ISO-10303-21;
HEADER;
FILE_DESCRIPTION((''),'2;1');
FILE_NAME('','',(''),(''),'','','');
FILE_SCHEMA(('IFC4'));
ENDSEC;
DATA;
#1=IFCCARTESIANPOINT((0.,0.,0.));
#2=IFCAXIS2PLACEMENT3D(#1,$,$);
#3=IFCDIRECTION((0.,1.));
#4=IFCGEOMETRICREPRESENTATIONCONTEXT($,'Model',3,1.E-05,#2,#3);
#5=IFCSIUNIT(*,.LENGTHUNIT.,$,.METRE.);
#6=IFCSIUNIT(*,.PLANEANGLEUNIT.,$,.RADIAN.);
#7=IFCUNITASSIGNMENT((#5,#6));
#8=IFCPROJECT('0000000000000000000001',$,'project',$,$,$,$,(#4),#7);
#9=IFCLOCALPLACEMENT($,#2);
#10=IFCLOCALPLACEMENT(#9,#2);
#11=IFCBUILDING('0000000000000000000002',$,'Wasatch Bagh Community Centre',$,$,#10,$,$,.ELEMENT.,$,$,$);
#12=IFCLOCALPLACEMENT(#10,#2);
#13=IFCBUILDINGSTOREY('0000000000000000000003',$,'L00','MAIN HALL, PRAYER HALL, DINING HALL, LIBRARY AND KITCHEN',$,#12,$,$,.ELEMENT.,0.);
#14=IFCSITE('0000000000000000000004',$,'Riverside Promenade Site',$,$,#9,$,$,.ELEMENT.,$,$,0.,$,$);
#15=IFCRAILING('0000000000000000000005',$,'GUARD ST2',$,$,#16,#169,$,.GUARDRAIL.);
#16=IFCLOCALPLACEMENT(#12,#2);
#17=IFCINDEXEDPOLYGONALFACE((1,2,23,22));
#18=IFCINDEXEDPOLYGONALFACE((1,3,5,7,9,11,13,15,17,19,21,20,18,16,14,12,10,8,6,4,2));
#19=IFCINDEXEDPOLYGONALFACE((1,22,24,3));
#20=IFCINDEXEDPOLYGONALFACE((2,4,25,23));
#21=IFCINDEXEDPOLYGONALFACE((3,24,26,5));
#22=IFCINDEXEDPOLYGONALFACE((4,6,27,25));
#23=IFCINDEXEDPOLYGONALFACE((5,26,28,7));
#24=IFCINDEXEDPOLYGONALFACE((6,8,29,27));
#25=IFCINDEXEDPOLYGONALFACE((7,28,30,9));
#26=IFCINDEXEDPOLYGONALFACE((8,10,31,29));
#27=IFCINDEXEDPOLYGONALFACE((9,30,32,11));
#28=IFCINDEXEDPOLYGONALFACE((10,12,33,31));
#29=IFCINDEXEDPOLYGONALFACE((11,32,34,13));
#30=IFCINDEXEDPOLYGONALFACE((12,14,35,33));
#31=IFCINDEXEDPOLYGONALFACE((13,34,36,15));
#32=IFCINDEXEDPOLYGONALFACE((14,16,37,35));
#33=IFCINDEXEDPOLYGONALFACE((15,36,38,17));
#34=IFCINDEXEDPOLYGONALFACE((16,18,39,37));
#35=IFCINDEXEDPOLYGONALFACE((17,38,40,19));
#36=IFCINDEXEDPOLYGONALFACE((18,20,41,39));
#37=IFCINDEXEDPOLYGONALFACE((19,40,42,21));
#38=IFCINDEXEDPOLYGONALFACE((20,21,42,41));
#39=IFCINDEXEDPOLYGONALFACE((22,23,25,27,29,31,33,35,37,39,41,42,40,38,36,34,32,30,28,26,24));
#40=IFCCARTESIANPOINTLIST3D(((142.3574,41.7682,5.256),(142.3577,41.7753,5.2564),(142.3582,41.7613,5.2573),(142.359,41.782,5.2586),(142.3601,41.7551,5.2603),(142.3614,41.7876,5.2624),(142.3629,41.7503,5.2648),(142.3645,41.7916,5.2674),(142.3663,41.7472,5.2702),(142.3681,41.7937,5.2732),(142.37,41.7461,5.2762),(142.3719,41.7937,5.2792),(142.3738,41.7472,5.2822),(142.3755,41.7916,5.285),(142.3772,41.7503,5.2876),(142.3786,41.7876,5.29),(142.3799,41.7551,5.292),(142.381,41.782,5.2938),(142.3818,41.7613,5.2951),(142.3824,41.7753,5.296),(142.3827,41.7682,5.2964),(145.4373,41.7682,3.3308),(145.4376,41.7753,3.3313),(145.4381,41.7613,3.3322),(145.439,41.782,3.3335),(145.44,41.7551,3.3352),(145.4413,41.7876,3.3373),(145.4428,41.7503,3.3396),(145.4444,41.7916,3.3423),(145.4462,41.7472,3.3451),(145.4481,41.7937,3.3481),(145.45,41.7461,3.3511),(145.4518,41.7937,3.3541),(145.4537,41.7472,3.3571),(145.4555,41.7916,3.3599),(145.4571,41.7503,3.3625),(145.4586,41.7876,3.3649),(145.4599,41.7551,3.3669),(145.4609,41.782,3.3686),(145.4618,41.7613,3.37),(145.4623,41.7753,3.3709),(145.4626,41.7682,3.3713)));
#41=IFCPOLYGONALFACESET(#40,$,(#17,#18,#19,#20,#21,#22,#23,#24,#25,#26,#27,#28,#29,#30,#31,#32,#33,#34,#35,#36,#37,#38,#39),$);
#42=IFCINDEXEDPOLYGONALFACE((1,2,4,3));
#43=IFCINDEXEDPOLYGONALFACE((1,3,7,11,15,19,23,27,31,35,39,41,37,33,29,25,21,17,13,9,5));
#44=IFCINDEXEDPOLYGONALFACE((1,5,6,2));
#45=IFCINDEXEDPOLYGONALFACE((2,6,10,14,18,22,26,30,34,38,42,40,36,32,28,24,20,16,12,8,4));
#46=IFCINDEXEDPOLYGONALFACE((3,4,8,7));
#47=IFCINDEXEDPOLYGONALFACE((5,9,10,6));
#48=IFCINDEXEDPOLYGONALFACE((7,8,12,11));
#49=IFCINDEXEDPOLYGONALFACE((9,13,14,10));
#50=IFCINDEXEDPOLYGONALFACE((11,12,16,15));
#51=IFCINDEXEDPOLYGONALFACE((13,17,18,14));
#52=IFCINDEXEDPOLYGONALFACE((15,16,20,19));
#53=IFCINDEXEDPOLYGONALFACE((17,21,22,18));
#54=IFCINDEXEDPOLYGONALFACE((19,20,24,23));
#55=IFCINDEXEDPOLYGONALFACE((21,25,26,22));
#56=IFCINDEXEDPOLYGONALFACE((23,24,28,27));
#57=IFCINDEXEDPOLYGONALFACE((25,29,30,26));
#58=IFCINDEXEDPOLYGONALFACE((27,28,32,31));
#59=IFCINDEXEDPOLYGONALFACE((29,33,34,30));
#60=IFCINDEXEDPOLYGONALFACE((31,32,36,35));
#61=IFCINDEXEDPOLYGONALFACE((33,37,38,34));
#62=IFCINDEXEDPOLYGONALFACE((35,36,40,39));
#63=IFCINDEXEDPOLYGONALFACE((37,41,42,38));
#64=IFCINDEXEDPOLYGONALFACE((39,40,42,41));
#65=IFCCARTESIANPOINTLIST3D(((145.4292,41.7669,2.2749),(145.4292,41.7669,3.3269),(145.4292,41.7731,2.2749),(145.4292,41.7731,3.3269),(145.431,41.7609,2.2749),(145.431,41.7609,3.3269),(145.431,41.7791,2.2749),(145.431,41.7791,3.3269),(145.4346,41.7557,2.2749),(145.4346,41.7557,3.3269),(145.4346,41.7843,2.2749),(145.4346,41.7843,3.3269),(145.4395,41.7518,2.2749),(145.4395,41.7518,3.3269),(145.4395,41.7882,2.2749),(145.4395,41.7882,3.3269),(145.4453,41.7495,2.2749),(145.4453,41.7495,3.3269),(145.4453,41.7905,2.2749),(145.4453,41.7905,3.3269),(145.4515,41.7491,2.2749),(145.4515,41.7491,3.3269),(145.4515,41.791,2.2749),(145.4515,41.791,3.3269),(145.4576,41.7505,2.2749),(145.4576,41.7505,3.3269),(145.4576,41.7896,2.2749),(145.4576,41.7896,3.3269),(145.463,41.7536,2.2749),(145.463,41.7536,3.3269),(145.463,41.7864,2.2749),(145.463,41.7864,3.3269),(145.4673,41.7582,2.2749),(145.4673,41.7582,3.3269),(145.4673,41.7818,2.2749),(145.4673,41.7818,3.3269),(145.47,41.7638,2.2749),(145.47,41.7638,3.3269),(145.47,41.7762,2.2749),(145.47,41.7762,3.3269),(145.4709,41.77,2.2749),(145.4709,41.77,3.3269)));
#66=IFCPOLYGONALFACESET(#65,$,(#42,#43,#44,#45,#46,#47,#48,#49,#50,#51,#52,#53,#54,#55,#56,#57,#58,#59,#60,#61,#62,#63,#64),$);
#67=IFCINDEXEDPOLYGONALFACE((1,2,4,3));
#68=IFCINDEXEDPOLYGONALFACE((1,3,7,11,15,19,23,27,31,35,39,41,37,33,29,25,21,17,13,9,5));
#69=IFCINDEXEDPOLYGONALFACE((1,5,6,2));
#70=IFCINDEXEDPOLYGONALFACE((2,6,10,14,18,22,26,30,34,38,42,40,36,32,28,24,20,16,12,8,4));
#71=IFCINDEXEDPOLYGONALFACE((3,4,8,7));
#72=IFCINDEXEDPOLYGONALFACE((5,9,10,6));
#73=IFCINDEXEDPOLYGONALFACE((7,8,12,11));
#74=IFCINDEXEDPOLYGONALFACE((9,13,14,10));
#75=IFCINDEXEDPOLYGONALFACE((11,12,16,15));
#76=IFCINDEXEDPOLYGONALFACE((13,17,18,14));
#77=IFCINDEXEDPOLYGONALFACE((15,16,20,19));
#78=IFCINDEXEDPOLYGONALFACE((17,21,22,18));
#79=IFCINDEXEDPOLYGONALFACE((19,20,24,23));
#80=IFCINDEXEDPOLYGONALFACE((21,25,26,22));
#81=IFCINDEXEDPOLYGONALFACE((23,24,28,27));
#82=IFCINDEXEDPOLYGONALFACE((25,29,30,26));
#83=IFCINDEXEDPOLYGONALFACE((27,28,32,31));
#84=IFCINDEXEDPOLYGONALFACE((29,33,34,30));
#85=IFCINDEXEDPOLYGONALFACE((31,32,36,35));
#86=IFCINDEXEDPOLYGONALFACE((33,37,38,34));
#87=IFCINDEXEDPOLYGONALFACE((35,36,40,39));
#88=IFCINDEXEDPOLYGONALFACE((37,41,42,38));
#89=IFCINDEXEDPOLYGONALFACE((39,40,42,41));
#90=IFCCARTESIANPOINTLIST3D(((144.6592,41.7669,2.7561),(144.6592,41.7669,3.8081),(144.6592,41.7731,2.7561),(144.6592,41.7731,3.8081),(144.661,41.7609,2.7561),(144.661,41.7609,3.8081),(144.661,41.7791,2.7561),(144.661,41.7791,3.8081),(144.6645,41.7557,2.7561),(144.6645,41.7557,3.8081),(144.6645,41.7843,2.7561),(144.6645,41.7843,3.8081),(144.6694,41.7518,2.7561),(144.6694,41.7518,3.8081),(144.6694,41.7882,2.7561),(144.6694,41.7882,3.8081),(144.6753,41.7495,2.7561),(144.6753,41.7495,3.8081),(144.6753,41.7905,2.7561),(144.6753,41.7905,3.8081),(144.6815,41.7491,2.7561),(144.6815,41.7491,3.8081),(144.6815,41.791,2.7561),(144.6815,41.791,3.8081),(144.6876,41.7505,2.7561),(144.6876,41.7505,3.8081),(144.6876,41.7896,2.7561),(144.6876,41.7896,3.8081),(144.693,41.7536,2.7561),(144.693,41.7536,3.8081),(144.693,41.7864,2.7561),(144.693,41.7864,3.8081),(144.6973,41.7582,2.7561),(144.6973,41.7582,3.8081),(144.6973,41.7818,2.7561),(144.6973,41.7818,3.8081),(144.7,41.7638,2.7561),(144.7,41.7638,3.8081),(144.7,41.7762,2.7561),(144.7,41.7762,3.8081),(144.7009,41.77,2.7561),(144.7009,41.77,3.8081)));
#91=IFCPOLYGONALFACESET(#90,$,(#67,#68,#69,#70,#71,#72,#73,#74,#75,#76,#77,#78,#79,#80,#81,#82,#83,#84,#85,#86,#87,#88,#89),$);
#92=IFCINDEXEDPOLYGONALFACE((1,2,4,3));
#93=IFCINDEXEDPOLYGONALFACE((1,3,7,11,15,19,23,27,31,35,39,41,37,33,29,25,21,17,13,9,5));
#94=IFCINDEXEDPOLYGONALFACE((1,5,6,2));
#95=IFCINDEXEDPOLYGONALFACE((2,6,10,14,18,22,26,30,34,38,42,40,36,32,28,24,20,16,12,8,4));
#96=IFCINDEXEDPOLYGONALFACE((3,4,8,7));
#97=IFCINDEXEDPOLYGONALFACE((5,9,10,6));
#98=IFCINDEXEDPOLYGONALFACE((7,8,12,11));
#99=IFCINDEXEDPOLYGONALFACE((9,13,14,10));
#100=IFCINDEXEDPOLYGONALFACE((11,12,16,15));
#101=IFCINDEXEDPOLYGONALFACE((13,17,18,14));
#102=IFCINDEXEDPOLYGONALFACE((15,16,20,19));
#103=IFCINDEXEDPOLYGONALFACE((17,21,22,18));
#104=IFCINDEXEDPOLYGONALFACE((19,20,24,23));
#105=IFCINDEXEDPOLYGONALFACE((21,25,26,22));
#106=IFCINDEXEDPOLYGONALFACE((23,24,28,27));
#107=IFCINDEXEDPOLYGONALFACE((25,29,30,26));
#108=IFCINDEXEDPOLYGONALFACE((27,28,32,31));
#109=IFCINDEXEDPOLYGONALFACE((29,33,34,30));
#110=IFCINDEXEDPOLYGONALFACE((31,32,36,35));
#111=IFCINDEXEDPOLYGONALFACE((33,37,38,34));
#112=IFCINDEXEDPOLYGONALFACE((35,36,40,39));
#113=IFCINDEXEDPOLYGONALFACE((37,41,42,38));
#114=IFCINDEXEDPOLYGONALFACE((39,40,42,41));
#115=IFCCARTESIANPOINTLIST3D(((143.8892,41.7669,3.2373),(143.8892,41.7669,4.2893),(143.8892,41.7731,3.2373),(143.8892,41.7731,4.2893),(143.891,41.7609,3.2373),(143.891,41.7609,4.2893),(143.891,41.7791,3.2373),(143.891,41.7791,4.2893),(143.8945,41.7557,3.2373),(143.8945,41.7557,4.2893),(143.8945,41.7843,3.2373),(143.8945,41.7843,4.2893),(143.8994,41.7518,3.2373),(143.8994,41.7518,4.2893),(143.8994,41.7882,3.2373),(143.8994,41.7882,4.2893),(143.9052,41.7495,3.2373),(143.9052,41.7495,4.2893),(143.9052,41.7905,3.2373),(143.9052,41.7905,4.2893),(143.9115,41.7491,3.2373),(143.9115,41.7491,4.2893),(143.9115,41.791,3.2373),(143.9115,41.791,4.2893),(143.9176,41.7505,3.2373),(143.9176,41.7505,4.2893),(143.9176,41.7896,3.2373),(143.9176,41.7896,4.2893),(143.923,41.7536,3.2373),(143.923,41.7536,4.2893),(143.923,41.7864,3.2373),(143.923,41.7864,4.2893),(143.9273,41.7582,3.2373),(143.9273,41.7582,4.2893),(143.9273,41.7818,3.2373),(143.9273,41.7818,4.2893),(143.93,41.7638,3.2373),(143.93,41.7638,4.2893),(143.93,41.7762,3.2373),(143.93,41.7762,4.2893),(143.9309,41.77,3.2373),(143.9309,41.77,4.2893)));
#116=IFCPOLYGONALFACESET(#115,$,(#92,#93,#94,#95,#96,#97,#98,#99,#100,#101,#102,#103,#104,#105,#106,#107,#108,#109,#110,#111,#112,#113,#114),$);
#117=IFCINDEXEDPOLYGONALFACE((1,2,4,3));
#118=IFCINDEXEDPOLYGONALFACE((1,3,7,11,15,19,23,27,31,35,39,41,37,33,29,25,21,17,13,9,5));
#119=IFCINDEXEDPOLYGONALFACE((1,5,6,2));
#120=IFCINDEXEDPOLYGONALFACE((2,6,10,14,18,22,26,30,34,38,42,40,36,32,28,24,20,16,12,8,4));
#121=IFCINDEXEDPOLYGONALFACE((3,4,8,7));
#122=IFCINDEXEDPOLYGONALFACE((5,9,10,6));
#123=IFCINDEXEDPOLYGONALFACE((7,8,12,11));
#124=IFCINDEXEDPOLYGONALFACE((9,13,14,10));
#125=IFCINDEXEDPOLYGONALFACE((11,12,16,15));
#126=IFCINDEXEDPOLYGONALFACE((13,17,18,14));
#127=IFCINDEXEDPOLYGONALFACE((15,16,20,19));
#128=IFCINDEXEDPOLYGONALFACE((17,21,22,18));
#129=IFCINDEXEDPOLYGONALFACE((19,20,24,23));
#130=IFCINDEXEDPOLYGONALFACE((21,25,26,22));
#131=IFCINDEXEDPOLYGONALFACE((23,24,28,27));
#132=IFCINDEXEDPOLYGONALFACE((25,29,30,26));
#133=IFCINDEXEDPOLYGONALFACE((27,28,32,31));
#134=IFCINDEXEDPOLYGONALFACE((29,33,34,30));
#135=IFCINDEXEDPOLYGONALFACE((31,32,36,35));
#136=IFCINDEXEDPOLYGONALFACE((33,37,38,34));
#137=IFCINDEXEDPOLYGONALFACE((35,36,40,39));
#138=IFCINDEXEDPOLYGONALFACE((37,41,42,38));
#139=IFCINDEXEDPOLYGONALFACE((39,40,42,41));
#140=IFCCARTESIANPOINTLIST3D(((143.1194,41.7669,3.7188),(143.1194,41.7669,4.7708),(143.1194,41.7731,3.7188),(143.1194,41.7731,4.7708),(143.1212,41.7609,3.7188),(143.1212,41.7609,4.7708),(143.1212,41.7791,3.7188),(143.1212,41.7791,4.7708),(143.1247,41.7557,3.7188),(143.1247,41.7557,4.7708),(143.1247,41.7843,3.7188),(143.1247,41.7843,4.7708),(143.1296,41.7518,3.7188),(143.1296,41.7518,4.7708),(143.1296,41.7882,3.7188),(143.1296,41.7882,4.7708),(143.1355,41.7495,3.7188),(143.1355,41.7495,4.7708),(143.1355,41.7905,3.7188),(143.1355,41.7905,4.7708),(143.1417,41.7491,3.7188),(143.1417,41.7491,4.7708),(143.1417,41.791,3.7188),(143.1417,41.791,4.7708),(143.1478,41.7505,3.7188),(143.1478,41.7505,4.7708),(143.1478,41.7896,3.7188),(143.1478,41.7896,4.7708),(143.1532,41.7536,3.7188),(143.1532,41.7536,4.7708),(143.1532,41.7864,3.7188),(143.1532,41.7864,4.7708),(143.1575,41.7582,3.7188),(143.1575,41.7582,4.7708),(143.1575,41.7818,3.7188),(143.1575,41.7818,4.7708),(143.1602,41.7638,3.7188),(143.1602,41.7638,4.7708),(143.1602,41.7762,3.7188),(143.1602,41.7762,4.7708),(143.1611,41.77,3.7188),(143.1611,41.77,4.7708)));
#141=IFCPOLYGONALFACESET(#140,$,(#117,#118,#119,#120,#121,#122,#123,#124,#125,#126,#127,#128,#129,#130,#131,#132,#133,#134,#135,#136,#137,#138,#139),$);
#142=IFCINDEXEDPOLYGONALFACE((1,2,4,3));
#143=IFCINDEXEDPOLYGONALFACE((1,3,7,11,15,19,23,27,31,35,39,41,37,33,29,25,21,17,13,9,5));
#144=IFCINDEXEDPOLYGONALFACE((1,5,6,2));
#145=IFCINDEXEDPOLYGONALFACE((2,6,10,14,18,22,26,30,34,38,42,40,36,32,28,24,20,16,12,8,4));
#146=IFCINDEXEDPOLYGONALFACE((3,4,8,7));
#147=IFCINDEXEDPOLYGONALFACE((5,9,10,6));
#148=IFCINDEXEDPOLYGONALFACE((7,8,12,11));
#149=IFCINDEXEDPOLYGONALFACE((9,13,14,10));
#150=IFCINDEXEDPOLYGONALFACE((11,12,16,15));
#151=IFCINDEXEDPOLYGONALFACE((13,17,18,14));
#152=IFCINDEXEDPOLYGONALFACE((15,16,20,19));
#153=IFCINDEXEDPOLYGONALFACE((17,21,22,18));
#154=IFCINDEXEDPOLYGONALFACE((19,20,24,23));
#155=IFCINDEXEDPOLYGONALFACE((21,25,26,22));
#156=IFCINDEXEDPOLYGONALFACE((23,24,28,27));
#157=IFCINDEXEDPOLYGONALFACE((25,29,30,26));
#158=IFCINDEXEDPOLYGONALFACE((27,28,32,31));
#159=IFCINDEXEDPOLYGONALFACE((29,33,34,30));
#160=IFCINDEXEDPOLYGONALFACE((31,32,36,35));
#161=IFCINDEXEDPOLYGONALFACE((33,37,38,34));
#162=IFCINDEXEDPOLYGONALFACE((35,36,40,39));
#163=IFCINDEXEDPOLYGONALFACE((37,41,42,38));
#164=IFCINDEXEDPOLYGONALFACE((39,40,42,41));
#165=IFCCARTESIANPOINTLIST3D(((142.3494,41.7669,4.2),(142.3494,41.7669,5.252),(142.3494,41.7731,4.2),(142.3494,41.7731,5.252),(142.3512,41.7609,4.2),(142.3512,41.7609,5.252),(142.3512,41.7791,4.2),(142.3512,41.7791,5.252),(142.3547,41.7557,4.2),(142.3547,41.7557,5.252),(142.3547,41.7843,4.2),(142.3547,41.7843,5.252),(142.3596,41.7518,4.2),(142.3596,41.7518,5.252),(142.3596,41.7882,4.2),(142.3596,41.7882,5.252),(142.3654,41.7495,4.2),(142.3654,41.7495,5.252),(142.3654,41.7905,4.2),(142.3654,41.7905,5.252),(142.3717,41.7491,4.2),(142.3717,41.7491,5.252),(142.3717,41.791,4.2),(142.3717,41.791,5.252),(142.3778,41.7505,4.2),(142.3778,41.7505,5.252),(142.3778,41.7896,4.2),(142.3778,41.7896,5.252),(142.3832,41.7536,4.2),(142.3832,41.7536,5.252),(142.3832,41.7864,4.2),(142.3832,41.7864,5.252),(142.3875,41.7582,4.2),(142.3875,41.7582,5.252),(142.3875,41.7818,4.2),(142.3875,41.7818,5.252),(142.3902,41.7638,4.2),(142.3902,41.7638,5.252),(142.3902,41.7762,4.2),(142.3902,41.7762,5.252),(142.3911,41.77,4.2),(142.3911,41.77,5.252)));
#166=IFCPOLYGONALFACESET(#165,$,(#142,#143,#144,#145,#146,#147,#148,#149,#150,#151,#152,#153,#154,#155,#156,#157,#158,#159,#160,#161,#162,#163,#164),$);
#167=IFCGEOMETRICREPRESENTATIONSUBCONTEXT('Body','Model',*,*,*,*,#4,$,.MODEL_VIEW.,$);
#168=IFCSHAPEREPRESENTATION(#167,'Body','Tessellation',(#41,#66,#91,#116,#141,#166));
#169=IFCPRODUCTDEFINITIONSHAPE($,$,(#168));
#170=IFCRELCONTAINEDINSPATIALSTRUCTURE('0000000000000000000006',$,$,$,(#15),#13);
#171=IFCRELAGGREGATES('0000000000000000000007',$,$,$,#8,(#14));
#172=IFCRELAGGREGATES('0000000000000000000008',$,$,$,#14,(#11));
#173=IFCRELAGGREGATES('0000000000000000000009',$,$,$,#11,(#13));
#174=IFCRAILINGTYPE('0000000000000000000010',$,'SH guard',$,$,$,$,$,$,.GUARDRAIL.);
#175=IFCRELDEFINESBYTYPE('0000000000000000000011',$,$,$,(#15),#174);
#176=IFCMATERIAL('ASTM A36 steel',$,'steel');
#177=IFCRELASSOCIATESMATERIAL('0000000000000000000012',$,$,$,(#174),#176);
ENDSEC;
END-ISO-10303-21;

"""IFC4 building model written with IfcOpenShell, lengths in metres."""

from ifc_helpers import new_model, si_unit, direction, frame, origin, origin_2d, place, context, subcontext, project, spatial, circle, extrude, material, type_object, element, save


model = new_model("IFC4")

# Units and contexts
model_context = context("Model", 3, precision=1e-05, world=origin(), true_north=direction((0.0, 1.0)))
body_context = subcontext(model_context, "Body", "Model", "MODEL_VIEW")
ifc_project = project(units=[si_unit("LENGTHUNIT", "METRE"), si_unit("PLANEANGLEUNIT", "RADIAN")], contexts=[model_context])

# Site, building, storey
site_placement = place(None, origin())
site = spatial("IfcSite", under=ifc_project, at=site_placement, Name="Riverside Promenade Site", CompositionType="ELEMENT", RefElevation=0.0)
building_placement = place(site_placement, origin())
building = spatial("IfcBuilding", under=site, at=building_placement, Name="Wasatch Bagh Community Centre", CompositionType="ELEMENT")
storey_placement = place(building_placement, origin())
storey = spatial("IfcBuildingStorey", under=building, at=storey_placement, Name="L00", Description="MAIN HALL, PRAYER HALL, DINING HALL, LIBRARY AND KITCHEN", CompositionType="ELEMENT", Elevation=0.0)

# Railing
ifc_material_1 = material(Name="ASTM A36 steel", Category="steel")
railing_type_1 = type_object("IfcRailingType", Name="SH guard", PredefinedType="GUARDRAIL", material=ifc_material_1)
for number, where, name in (
    (1, (145.45, 41.77, 2.2749), "GUARD ST2"),
):
    element("IfcRailing", number, at=place(storey_placement, frame(where)), inside=storey, type_object=railing_type_1, Name=name, PredefinedType="GUARDRAIL", context=body_context, shape_type="SweptSolid", body=[
        extrude(circle(Radius=0.0239, at=origin_2d()), frame((0.0, 0.0, 1.0762), z_axis=(-0.847979, 0.0, 0.530029), x_axis=(0.0, -1.0, 0.0)), (0.0, 0.0, 1.0), 3.6321),
        extrude(circle(Radius=0.021, at=origin_2d()), origin(), (0.0, 0.0, 1.0), 1.052),
        extrude(circle(Radius=0.021, at=origin_2d()), frame((-0.77, 0.0, 0.4812)), (0.0, 0.0, 1.0), 1.052),
        extrude(circle(Radius=0.021, at=origin_2d()), frame((-1.54, 0.0, 0.9624)), (0.0, 0.0, 1.0), 1.052),
        extrude(circle(Radius=0.021, at=origin_2d()), frame((-2.3098, 0.0, 1.4438)), (0.0, 0.0, 1.0), 1.052),
        extrude(circle(Radius=0.021, at=origin_2d()), frame((-3.0798, 0.0, 1.925)), (0.0, 0.0, 1.0), 1.052),
    ])

save(model, "model.ifc")
